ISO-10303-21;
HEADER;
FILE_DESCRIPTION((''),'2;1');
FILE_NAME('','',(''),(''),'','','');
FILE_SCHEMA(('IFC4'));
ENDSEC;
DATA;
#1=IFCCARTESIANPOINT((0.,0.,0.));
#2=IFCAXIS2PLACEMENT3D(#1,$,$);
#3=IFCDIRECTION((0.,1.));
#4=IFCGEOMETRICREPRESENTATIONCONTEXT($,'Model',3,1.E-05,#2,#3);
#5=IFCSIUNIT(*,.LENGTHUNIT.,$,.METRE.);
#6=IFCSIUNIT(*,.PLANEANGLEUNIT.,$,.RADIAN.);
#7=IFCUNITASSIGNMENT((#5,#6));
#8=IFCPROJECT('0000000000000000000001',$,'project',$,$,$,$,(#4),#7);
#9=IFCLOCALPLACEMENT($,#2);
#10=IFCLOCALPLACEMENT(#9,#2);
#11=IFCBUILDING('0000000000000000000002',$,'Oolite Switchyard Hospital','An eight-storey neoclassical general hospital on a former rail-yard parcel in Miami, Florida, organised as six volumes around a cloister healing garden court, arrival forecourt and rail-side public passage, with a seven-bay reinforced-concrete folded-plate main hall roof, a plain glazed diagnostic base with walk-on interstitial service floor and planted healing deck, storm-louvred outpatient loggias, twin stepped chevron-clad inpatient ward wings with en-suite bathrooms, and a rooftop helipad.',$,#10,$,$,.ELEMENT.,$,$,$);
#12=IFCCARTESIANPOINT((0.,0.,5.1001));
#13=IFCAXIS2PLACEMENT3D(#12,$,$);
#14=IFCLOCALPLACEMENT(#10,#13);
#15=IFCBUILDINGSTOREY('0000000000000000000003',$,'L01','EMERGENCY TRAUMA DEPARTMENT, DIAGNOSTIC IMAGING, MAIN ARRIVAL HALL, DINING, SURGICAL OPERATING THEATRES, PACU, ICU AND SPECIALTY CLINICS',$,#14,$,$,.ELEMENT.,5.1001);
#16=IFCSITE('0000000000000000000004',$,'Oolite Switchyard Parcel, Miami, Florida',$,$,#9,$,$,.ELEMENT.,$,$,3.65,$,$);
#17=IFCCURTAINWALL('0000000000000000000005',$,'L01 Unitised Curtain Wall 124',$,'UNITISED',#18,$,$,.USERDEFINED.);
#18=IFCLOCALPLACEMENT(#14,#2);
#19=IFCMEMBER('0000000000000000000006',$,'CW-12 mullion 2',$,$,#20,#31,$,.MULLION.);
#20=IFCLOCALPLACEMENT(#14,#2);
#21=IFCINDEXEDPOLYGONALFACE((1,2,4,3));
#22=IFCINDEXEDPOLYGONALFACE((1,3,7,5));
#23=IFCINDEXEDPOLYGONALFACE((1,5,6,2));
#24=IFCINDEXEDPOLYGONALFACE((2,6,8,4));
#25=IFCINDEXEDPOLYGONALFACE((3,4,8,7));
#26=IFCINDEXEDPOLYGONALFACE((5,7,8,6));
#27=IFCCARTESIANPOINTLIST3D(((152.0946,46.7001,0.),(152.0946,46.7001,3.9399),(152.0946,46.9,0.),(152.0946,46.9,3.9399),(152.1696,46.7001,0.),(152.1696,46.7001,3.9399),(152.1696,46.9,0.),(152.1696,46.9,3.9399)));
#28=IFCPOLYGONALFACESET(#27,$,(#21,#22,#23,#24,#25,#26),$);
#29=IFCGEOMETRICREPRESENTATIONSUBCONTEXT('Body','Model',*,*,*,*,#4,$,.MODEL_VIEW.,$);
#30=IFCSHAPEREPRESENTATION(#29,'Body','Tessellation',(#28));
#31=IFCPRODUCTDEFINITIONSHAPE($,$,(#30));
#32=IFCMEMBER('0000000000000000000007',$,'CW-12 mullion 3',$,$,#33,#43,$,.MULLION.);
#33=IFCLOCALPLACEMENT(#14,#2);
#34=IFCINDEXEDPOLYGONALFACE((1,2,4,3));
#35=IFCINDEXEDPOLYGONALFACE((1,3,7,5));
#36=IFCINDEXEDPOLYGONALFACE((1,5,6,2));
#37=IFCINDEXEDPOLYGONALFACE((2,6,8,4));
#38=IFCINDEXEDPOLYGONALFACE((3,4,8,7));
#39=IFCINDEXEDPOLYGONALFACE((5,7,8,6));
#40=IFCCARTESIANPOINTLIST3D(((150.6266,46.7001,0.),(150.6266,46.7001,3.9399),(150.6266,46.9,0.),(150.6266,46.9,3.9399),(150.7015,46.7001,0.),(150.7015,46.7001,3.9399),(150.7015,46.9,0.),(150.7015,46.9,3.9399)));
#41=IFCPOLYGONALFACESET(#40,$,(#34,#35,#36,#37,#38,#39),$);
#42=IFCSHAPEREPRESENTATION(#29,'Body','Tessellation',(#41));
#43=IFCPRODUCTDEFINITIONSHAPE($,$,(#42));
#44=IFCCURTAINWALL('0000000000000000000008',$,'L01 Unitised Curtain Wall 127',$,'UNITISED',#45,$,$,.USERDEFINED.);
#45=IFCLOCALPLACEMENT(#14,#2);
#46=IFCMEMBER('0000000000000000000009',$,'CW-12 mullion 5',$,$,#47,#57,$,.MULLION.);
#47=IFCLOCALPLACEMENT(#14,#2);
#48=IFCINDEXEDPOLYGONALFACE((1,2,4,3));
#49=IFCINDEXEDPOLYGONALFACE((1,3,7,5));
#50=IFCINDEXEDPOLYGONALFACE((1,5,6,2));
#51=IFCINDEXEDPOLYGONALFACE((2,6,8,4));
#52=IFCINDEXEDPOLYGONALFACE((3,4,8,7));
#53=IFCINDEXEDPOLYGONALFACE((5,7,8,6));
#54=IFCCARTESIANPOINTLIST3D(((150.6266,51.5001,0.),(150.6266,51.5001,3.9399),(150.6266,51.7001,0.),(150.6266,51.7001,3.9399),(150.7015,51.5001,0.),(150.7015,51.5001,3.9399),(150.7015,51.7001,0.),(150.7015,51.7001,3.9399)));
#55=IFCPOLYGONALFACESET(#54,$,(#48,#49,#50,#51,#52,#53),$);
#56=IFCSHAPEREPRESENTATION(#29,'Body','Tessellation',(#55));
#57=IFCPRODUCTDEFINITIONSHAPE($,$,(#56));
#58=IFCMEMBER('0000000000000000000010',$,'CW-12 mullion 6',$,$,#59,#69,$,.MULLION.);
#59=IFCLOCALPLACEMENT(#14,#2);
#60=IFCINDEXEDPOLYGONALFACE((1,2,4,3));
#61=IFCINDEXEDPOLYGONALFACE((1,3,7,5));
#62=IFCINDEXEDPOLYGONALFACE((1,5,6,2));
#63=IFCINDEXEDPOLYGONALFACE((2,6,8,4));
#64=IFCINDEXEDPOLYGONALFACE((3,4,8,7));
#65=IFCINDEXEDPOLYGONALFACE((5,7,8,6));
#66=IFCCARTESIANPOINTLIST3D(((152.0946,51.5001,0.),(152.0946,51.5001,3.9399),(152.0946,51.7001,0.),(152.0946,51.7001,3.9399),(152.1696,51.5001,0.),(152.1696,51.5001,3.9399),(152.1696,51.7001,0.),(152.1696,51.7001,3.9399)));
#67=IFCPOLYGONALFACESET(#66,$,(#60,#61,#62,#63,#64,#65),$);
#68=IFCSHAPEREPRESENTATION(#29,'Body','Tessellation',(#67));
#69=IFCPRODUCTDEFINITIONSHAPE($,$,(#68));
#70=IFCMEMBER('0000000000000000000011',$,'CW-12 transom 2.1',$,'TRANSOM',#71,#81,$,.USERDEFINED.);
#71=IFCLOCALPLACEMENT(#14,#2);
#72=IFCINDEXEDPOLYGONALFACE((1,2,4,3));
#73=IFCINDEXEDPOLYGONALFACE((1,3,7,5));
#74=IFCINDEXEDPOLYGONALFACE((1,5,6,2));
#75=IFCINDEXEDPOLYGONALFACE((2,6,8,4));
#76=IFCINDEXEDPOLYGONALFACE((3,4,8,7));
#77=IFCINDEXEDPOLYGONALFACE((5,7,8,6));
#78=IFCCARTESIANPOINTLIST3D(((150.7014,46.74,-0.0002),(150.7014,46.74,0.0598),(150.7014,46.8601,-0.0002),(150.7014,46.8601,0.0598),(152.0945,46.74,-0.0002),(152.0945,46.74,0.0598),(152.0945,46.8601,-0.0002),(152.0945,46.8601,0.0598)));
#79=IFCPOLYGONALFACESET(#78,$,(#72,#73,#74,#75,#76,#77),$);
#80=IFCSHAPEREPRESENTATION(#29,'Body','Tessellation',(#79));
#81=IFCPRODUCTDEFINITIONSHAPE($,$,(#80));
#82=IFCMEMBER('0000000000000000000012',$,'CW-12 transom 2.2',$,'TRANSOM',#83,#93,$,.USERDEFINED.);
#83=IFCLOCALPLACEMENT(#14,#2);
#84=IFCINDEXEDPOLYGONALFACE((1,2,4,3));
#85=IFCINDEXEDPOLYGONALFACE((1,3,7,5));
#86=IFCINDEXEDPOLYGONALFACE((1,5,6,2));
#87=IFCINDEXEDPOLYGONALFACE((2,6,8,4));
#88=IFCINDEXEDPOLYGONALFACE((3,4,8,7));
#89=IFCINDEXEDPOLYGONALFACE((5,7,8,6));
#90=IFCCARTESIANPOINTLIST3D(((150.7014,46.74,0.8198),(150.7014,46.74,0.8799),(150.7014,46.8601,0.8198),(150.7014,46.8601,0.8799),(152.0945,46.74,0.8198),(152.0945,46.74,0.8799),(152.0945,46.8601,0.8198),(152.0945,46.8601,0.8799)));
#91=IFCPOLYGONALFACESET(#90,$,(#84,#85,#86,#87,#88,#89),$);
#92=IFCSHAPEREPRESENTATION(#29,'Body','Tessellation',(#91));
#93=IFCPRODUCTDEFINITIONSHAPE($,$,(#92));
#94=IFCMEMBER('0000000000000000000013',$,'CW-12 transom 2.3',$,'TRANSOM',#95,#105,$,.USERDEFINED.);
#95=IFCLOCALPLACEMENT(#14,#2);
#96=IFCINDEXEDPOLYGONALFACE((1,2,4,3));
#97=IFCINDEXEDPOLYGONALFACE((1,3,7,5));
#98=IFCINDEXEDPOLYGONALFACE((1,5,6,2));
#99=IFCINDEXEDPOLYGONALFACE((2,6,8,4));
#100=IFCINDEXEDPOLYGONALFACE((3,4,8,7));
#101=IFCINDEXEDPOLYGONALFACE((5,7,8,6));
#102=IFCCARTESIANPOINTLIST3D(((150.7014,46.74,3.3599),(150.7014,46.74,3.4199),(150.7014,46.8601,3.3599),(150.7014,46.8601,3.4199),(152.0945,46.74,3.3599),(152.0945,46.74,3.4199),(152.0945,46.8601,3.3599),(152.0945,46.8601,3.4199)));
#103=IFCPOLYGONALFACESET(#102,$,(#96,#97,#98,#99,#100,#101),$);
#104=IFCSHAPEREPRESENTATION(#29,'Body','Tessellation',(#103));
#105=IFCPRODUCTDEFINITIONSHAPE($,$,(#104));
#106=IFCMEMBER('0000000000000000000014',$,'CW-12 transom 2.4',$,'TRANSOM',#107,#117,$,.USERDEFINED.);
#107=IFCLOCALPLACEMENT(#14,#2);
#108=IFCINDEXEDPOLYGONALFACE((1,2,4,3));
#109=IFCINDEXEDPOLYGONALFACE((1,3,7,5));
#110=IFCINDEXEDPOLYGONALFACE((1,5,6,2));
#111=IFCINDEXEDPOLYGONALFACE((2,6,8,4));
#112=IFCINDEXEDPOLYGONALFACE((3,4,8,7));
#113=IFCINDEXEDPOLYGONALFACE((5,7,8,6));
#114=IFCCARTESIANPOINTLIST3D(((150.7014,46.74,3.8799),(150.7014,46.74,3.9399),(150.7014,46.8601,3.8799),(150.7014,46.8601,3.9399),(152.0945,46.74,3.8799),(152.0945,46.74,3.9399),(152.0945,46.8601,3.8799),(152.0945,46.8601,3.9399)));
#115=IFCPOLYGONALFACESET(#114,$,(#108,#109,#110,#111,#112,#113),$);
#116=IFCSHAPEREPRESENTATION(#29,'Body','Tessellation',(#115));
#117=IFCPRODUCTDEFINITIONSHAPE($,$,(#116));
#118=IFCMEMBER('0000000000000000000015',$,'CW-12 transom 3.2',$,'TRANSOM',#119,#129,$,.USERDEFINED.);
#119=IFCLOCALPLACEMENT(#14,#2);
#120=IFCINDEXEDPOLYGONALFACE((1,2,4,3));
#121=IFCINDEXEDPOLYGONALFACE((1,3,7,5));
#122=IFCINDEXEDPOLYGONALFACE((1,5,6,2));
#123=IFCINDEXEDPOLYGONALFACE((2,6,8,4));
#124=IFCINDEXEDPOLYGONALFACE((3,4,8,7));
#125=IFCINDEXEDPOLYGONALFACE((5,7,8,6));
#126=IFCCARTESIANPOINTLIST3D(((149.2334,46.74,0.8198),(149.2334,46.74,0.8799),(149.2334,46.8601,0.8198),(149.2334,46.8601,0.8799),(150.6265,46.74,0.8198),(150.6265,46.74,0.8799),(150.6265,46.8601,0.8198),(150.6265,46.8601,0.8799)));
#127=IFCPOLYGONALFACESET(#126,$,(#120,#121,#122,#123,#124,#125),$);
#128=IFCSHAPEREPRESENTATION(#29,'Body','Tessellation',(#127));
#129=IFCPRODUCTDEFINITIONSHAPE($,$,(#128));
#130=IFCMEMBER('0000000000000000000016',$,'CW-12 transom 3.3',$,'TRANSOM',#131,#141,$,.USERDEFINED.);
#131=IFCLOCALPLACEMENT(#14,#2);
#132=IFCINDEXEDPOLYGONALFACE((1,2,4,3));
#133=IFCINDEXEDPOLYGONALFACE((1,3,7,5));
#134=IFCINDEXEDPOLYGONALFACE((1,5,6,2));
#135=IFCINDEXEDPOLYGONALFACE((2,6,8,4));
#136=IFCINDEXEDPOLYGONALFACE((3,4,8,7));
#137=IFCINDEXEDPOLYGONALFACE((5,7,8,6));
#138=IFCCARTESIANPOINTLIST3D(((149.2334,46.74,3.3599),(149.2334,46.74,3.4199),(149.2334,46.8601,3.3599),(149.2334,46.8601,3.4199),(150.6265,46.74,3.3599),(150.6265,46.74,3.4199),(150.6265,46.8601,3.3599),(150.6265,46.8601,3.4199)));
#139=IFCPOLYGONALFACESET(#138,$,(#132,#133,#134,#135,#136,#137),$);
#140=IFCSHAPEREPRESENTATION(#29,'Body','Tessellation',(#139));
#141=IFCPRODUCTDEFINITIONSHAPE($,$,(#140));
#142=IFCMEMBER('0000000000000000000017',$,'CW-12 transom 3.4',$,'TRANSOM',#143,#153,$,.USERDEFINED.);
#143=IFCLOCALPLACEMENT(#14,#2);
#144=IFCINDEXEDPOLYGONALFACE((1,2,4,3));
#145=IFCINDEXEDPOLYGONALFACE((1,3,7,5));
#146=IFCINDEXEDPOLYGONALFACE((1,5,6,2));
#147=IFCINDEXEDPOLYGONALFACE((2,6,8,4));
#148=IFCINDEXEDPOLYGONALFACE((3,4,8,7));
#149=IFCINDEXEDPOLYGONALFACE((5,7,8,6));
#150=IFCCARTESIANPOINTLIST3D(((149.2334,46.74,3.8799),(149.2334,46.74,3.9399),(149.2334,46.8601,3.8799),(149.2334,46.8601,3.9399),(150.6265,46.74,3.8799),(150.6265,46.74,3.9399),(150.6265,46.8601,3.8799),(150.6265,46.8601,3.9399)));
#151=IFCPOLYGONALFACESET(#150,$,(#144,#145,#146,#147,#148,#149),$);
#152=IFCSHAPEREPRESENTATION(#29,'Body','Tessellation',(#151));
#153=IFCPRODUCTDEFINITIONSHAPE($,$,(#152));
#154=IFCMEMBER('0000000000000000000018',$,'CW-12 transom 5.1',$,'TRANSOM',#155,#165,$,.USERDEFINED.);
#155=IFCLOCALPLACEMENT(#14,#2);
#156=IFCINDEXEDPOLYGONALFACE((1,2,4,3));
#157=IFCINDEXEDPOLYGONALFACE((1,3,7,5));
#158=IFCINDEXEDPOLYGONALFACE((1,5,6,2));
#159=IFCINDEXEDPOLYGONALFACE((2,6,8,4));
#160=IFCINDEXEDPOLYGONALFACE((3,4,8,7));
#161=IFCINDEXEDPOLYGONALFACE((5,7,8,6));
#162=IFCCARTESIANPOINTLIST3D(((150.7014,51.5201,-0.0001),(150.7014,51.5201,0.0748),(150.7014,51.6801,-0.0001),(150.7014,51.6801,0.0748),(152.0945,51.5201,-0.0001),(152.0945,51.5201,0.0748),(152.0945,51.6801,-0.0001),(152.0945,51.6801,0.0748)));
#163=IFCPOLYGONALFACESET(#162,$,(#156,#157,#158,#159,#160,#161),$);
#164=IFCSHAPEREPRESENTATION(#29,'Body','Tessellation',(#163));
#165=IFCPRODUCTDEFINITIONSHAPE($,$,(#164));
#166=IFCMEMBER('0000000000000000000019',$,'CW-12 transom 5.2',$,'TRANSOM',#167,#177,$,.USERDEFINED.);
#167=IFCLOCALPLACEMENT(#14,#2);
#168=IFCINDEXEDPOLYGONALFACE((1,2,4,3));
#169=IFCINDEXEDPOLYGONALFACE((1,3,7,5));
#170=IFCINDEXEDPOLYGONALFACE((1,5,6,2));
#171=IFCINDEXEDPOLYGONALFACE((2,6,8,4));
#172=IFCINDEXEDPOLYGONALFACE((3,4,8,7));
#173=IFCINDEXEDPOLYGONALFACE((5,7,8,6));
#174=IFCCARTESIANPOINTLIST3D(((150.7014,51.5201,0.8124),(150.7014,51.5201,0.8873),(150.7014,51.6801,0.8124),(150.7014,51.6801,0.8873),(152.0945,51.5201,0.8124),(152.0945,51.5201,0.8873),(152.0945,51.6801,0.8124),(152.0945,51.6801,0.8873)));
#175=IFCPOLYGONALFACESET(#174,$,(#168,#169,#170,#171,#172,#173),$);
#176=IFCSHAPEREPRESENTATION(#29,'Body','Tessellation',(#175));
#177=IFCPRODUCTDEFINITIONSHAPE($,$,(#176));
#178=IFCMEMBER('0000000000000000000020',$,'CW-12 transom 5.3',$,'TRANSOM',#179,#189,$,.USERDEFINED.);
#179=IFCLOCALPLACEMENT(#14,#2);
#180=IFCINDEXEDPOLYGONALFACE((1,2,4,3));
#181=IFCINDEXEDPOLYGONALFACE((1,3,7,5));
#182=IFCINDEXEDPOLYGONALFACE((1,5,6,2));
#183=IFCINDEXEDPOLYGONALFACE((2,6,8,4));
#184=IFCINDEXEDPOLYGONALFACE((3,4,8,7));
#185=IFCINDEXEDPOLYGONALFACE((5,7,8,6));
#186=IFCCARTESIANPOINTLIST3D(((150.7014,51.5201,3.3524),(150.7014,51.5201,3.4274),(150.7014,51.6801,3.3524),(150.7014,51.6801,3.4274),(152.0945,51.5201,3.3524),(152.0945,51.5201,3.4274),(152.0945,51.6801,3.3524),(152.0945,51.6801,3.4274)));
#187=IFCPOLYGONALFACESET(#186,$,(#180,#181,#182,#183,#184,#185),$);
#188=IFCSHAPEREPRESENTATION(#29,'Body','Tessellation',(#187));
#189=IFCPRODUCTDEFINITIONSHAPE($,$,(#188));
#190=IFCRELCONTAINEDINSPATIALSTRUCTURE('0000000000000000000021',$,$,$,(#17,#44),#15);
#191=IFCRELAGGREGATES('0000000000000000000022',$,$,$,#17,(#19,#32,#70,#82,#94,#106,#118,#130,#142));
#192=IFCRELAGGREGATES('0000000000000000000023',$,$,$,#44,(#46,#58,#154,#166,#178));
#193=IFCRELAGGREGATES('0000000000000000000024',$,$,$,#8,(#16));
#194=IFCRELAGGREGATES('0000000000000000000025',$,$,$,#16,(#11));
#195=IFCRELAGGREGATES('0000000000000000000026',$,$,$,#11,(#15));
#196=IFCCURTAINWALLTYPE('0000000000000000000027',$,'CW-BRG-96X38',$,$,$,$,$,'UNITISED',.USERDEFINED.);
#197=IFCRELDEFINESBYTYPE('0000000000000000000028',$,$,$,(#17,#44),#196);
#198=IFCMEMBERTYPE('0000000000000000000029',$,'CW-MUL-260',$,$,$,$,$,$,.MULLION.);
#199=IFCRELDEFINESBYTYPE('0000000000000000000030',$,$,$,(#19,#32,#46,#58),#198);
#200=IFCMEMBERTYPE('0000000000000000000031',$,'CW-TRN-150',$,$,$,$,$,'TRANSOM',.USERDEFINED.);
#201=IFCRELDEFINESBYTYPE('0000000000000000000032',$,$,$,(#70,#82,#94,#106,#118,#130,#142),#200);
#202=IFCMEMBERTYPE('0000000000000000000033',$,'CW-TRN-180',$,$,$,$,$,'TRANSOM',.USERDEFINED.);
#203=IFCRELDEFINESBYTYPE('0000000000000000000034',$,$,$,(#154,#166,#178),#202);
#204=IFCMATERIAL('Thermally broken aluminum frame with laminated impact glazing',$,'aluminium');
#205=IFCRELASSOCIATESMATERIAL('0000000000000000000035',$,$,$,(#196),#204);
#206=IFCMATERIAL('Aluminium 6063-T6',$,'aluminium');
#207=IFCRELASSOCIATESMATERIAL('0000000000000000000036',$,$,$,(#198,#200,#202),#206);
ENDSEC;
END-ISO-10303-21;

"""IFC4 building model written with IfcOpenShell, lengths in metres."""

from ifc_helpers import new_model, si_unit, direction, frame, origin, origin_2d, place, context, subcontext, project, spatial, rectangle, extrude, material, material_profile, profile_set, type_object, element, aggregate, save


model = new_model("IFC4")

# Units and contexts
model_context = context("Model", 3, precision=1e-05, world=origin(), true_north=direction((0.0, 1.0)))
body_context = subcontext(model_context, "Body", "Model", "MODEL_VIEW")
ifc_project = project(units=[si_unit("LENGTHUNIT", "METRE"), si_unit("PLANEANGLEUNIT", "RADIAN")], contexts=[model_context])

# Site, building, storey
site_placement = place(None, origin())
site = spatial("IfcSite", under=ifc_project, at=site_placement, Name="Oolite Switchyard Parcel, Miami, Florida", CompositionType="ELEMENT", RefElevation=3.65)
building_placement = place(site_placement, origin())
building = spatial("IfcBuilding", under=site, at=building_placement, Name="Oolite Switchyard Hospital", Description="An eight-storey neoclassical general hospital on a former rail-yard parcel in Miami, Florida, organised as six volumes around a cloister healing garden court, arrival forecourt and rail-side public passage, with a seven-bay reinforced-concrete folded-plate main hall roof, a plain glazed diagnostic base with walk-on interstitial service floor and planted healing deck, storm-louvred outpatient loggias, twin stepped chevron-clad inpatient ward wings with en-suite bathrooms, and a rooftop helipad.", CompositionType="ELEMENT")
storey_placement = place(building_placement, frame((0.0, 0.0, 5.1001)))
storey = spatial("IfcBuildingStorey", under=building, at=storey_placement, Name="L01", Description="EMERGENCY TRAUMA DEPARTMENT, DIAGNOSTIC IMAGING, MAIN ARRIVAL HALL, DINING, SURGICAL OPERATING THEATRES, PACU, ICU AND SPECIALTY CLINICS", CompositionType="ELEMENT", Elevation=5.1001)

# Curtain walls, members
ifc_material_1 = material(Name="Thermally broken aluminum frame with laminated impact glazing", Category="aluminium")
curtain_wall_type = type_object("IfcCurtainWallType", Name="CW-BRG-96X38", ElementType="UNITISED", PredefinedType="USERDEFINED", material=ifc_material_1)
curtain_wall_1_placement = place(storey_placement, origin())
curtain_wall_1 = element("IfcCurtainWall", 1, at=curtain_wall_1_placement, inside=storey, type_object=curtain_wall_type, Name="L01 Unitised Curtain Wall 124", ObjectType="UNITISED", PredefinedType="USERDEFINED")
ifc_material_2 = material(Name="Aluminium 6063-T6", Category="aluminium")
ifc_material_profile_1 = material_profile(ifc_material_2, rectangle(XDim=0.2, YDim=0.075, at=origin_2d()), Name="CWM75X200")
ifc_profile_set_1 = profile_set([ifc_material_profile_1], Name="Aluminium 6063-T6")
member_type_1 = type_object("IfcMemberType", Name="CW-MUL-260", PredefinedType="MULLION", material=ifc_profile_set_1)
member_1_placement = place(storey_placement, frame((152.1321, 46.8, 0.0), z_axis=(0.0, 0.0, 1.0), x_axis=(0.0, -1.0, 0.0)))
member_1 = element("IfcMember", 2, at=member_1_placement, type_object=member_type_1, Name="CW-12 mullion 2", PredefinedType="MULLION", context=body_context, shape_type="SweptSolid", body=[
    extrude(rectangle(XDim=0.2, YDim=0.075, at=origin_2d()), origin(), (0.0, 0.0, 1.0), 3.9399),
])
member_2_placement = place(storey_placement, frame((150.6641, 46.8, 0.0), z_axis=(0.0, 0.0, 1.0), x_axis=(0.0, -1.0, 0.0)))
member_2 = element("IfcMember", 3, at=member_2_placement, type_object=member_type_1, Name="CW-12 mullion 3", PredefinedType="MULLION", context=body_context, shape_type="SweptSolid", body=[
    extrude(rectangle(XDim=0.2, YDim=0.075, at=origin_2d()), origin(), (0.0, 0.0, 1.0), 3.9399),
])
curtain_wall_2_placement = place(storey_placement, origin())
curtain_wall_2 = element("IfcCurtainWall", 4, at=curtain_wall_2_placement, inside=storey, type_object=curtain_wall_type, Name="L01 Unitised Curtain Wall 127", ObjectType="UNITISED", PredefinedType="USERDEFINED")
member_3_placement = place(storey_placement, frame((150.6641, 51.6001, 0.0), z_axis=(0.0, 0.0, 1.0), x_axis=(0.0, 1.0, 0.0)))
member_3 = element("IfcMember", 5, at=member_3_placement, type_object=member_type_1, Name="CW-12 mullion 5", PredefinedType="MULLION", context=body_context, shape_type="SweptSolid", body=[
    extrude(rectangle(XDim=0.2, YDim=0.075, at=origin_2d()), origin(), (0.0, 0.0, 1.0), 3.9399),
])
member_4_placement = place(storey_placement, frame((152.1321, 51.6001, 0.0), z_axis=(0.0, 0.0, 1.0), x_axis=(0.0, 1.0, 0.0)))
member_4 = element("IfcMember", 6, at=member_4_placement, type_object=member_type_1, Name="CW-12 mullion 6", PredefinedType="MULLION", context=body_context, shape_type="SweptSolid", body=[
    extrude(rectangle(XDim=0.2, YDim=0.075, at=origin_2d()), origin(), (0.0, 0.0, 1.0), 3.9399),
])

# Members
ifc_material_profile_2 = material_profile(ifc_material_2, rectangle(XDim=0.1201, YDim=0.0601, at=origin_2d()), Name="CWT60X120")
ifc_profile_set_2 = profile_set([ifc_material_profile_2], Name="Aluminium 6063-T6")
member_type_2 = type_object("IfcMemberType", Name="CW-TRN-150", ElementType="TRANSOM", PredefinedType="USERDEFINED", material=ifc_profile_set_2)
member_5_placement = place(storey_placement, frame((152.0945, 46.8, 0.0298), z_axis=(-1.0, 0.0, 0.0), x_axis=(0.0, -1.0, 0.0)))
member_5 = element("IfcMember", 7, at=member_5_placement, type_object=member_type_2, Name="CW-12 transom 2.1", ObjectType="TRANSOM", PredefinedType="USERDEFINED", context=body_context, shape_type="SweptSolid", body=[
    extrude(rectangle(XDim=0.1201, YDim=0.0601, at=origin_2d()), origin(), (0.0, 0.0, 1.0), 1.3931),
])
member_6_placement = place(storey_placement, frame((152.0945, 46.8, 0.8499), z_axis=(-1.0, 0.0, 0.0), x_axis=(0.0, -1.0, 0.0)))
member_6 = element("IfcMember", 8, at=member_6_placement, type_object=member_type_2, Name="CW-12 transom 2.2", ObjectType="TRANSOM", PredefinedType="USERDEFINED", context=body_context, shape_type="SweptSolid", body=[
    extrude(rectangle(XDim=0.1201, YDim=0.0601, at=origin_2d()), origin(), (0.0, 0.0, 1.0), 1.3931),
])
member_7_placement = place(storey_placement, frame((152.0945, 46.8, 3.3899), z_axis=(-1.0, 0.0, 0.0), x_axis=(0.0, -1.0, 0.0)))
member_7 = element("IfcMember", 9, at=member_7_placement, type_object=member_type_2, Name="CW-12 transom 2.3", ObjectType="TRANSOM", PredefinedType="USERDEFINED", context=body_context, shape_type="SweptSolid", body=[
    extrude(rectangle(XDim=0.1201, YDim=0.0601, at=origin_2d()), origin(), (0.0, 0.0, 1.0), 1.3931),
])
member_8_placement = place(storey_placement, frame((152.0945, 46.8, 3.9099), z_axis=(-1.0, 0.0, 0.0), x_axis=(0.0, -1.0, 0.0)))
member_8 = element("IfcMember", 10, at=member_8_placement, type_object=member_type_2, Name="CW-12 transom 2.4", ObjectType="TRANSOM", PredefinedType="USERDEFINED", context=body_context, shape_type="SweptSolid", body=[
    extrude(rectangle(XDim=0.1201, YDim=0.0601, at=origin_2d()), origin(), (0.0, 0.0, 1.0), 1.3931),
])
member_9_placement = place(storey_placement, frame((150.6265, 46.8, 0.8499), z_axis=(-1.0, 0.0, 0.0), x_axis=(0.0, -1.0, 0.0)))
member_9 = element("IfcMember", 11, at=member_9_placement, type_object=member_type_2, Name="CW-12 transom 3.2", ObjectType="TRANSOM", PredefinedType="USERDEFINED", context=body_context, shape_type="SweptSolid", body=[
    extrude(rectangle(XDim=0.1201, YDim=0.0601, at=origin_2d()), origin(), (0.0, 0.0, 1.0), 1.3931),
])
member_10_placement = place(storey_placement, frame((150.6265, 46.8, 3.3899), z_axis=(-1.0, 0.0, 0.0), x_axis=(0.0, -1.0, 0.0)))
member_10 = element("IfcMember", 12, at=member_10_placement, type_object=member_type_2, Name="CW-12 transom 3.3", ObjectType="TRANSOM", PredefinedType="USERDEFINED", context=body_context, shape_type="SweptSolid", body=[
    extrude(rectangle(XDim=0.1201, YDim=0.0601, at=origin_2d()), origin(), (0.0, 0.0, 1.0), 1.3931),
])
member_11_placement = place(storey_placement, frame((150.6265, 46.8, 3.9099), z_axis=(-1.0, 0.0, 0.0), x_axis=(0.0, -1.0, 0.0)))
member_11 = element("IfcMember", 13, at=member_11_placement, type_object=member_type_2, Name="CW-12 transom 3.4", ObjectType="TRANSOM", PredefinedType="USERDEFINED", context=body_context, shape_type="SweptSolid", body=[
    extrude(rectangle(XDim=0.1201, YDim=0.0601, at=origin_2d()), origin(), (0.0, 0.0, 1.0), 1.3931),
])
ifc_material_profile_3 = material_profile(ifc_material_2, rectangle(XDim=0.1599, YDim=0.075, at=origin_2d()), Name="CWT75X160")
ifc_profile_set_3 = profile_set([ifc_material_profile_3], Name="Aluminium 6063-T6")
member_type_3 = type_object("IfcMemberType", Name="CW-TRN-180", ElementType="TRANSOM", PredefinedType="USERDEFINED", material=ifc_profile_set_3)
member_12_placement = place(storey_placement, frame((150.7014, 51.6001, 0.0374), z_axis=(1.0, 0.0, 0.0), x_axis=(0.0, 1.0, 0.0)))
member_12 = element("IfcMember", 14, at=member_12_placement, type_object=member_type_3, Name="CW-12 transom 5.1", ObjectType="TRANSOM", PredefinedType="USERDEFINED", context=body_context, shape_type="SweptSolid", body=[
    extrude(rectangle(XDim=0.1599, YDim=0.075, at=origin_2d()), origin(), (0.0, 0.0, 1.0), 1.3931),
])
member_13_placement = place(storey_placement, frame((150.7014, 51.6001, 0.8499), z_axis=(1.0, 0.0, 0.0), x_axis=(0.0, 1.0, 0.0)))
member_13 = element("IfcMember", 15, at=member_13_placement, type_object=member_type_3, Name="CW-12 transom 5.2", ObjectType="TRANSOM", PredefinedType="USERDEFINED", context=body_context, shape_type="SweptSolid", body=[
    extrude(rectangle(XDim=0.1599, YDim=0.075, at=origin_2d()), origin(), (0.0, 0.0, 1.0), 1.3931),
])
member_14_placement = place(storey_placement, frame((150.7014, 51.6001, 3.3899), z_axis=(1.0, 0.0, 0.0), x_axis=(0.0, 1.0, 0.0)))
member_14 = element("IfcMember", 16, at=member_14_placement, type_object=member_type_3, Name="CW-12 transom 5.3", ObjectType="TRANSOM", PredefinedType="USERDEFINED", context=body_context, shape_type="SweptSolid", body=[
    extrude(rectangle(XDim=0.1599, YDim=0.075, at=origin_2d()), origin(), (0.0, 0.0, 1.0), 1.3931),
])

aggregate(curtain_wall_1, [member_1, member_2, member_5, member_6, member_7, member_8, member_9, member_10, member_11])
aggregate(curtain_wall_2, [member_3, member_4, member_12, member_13, member_14])

save(model, "model.ifc")
